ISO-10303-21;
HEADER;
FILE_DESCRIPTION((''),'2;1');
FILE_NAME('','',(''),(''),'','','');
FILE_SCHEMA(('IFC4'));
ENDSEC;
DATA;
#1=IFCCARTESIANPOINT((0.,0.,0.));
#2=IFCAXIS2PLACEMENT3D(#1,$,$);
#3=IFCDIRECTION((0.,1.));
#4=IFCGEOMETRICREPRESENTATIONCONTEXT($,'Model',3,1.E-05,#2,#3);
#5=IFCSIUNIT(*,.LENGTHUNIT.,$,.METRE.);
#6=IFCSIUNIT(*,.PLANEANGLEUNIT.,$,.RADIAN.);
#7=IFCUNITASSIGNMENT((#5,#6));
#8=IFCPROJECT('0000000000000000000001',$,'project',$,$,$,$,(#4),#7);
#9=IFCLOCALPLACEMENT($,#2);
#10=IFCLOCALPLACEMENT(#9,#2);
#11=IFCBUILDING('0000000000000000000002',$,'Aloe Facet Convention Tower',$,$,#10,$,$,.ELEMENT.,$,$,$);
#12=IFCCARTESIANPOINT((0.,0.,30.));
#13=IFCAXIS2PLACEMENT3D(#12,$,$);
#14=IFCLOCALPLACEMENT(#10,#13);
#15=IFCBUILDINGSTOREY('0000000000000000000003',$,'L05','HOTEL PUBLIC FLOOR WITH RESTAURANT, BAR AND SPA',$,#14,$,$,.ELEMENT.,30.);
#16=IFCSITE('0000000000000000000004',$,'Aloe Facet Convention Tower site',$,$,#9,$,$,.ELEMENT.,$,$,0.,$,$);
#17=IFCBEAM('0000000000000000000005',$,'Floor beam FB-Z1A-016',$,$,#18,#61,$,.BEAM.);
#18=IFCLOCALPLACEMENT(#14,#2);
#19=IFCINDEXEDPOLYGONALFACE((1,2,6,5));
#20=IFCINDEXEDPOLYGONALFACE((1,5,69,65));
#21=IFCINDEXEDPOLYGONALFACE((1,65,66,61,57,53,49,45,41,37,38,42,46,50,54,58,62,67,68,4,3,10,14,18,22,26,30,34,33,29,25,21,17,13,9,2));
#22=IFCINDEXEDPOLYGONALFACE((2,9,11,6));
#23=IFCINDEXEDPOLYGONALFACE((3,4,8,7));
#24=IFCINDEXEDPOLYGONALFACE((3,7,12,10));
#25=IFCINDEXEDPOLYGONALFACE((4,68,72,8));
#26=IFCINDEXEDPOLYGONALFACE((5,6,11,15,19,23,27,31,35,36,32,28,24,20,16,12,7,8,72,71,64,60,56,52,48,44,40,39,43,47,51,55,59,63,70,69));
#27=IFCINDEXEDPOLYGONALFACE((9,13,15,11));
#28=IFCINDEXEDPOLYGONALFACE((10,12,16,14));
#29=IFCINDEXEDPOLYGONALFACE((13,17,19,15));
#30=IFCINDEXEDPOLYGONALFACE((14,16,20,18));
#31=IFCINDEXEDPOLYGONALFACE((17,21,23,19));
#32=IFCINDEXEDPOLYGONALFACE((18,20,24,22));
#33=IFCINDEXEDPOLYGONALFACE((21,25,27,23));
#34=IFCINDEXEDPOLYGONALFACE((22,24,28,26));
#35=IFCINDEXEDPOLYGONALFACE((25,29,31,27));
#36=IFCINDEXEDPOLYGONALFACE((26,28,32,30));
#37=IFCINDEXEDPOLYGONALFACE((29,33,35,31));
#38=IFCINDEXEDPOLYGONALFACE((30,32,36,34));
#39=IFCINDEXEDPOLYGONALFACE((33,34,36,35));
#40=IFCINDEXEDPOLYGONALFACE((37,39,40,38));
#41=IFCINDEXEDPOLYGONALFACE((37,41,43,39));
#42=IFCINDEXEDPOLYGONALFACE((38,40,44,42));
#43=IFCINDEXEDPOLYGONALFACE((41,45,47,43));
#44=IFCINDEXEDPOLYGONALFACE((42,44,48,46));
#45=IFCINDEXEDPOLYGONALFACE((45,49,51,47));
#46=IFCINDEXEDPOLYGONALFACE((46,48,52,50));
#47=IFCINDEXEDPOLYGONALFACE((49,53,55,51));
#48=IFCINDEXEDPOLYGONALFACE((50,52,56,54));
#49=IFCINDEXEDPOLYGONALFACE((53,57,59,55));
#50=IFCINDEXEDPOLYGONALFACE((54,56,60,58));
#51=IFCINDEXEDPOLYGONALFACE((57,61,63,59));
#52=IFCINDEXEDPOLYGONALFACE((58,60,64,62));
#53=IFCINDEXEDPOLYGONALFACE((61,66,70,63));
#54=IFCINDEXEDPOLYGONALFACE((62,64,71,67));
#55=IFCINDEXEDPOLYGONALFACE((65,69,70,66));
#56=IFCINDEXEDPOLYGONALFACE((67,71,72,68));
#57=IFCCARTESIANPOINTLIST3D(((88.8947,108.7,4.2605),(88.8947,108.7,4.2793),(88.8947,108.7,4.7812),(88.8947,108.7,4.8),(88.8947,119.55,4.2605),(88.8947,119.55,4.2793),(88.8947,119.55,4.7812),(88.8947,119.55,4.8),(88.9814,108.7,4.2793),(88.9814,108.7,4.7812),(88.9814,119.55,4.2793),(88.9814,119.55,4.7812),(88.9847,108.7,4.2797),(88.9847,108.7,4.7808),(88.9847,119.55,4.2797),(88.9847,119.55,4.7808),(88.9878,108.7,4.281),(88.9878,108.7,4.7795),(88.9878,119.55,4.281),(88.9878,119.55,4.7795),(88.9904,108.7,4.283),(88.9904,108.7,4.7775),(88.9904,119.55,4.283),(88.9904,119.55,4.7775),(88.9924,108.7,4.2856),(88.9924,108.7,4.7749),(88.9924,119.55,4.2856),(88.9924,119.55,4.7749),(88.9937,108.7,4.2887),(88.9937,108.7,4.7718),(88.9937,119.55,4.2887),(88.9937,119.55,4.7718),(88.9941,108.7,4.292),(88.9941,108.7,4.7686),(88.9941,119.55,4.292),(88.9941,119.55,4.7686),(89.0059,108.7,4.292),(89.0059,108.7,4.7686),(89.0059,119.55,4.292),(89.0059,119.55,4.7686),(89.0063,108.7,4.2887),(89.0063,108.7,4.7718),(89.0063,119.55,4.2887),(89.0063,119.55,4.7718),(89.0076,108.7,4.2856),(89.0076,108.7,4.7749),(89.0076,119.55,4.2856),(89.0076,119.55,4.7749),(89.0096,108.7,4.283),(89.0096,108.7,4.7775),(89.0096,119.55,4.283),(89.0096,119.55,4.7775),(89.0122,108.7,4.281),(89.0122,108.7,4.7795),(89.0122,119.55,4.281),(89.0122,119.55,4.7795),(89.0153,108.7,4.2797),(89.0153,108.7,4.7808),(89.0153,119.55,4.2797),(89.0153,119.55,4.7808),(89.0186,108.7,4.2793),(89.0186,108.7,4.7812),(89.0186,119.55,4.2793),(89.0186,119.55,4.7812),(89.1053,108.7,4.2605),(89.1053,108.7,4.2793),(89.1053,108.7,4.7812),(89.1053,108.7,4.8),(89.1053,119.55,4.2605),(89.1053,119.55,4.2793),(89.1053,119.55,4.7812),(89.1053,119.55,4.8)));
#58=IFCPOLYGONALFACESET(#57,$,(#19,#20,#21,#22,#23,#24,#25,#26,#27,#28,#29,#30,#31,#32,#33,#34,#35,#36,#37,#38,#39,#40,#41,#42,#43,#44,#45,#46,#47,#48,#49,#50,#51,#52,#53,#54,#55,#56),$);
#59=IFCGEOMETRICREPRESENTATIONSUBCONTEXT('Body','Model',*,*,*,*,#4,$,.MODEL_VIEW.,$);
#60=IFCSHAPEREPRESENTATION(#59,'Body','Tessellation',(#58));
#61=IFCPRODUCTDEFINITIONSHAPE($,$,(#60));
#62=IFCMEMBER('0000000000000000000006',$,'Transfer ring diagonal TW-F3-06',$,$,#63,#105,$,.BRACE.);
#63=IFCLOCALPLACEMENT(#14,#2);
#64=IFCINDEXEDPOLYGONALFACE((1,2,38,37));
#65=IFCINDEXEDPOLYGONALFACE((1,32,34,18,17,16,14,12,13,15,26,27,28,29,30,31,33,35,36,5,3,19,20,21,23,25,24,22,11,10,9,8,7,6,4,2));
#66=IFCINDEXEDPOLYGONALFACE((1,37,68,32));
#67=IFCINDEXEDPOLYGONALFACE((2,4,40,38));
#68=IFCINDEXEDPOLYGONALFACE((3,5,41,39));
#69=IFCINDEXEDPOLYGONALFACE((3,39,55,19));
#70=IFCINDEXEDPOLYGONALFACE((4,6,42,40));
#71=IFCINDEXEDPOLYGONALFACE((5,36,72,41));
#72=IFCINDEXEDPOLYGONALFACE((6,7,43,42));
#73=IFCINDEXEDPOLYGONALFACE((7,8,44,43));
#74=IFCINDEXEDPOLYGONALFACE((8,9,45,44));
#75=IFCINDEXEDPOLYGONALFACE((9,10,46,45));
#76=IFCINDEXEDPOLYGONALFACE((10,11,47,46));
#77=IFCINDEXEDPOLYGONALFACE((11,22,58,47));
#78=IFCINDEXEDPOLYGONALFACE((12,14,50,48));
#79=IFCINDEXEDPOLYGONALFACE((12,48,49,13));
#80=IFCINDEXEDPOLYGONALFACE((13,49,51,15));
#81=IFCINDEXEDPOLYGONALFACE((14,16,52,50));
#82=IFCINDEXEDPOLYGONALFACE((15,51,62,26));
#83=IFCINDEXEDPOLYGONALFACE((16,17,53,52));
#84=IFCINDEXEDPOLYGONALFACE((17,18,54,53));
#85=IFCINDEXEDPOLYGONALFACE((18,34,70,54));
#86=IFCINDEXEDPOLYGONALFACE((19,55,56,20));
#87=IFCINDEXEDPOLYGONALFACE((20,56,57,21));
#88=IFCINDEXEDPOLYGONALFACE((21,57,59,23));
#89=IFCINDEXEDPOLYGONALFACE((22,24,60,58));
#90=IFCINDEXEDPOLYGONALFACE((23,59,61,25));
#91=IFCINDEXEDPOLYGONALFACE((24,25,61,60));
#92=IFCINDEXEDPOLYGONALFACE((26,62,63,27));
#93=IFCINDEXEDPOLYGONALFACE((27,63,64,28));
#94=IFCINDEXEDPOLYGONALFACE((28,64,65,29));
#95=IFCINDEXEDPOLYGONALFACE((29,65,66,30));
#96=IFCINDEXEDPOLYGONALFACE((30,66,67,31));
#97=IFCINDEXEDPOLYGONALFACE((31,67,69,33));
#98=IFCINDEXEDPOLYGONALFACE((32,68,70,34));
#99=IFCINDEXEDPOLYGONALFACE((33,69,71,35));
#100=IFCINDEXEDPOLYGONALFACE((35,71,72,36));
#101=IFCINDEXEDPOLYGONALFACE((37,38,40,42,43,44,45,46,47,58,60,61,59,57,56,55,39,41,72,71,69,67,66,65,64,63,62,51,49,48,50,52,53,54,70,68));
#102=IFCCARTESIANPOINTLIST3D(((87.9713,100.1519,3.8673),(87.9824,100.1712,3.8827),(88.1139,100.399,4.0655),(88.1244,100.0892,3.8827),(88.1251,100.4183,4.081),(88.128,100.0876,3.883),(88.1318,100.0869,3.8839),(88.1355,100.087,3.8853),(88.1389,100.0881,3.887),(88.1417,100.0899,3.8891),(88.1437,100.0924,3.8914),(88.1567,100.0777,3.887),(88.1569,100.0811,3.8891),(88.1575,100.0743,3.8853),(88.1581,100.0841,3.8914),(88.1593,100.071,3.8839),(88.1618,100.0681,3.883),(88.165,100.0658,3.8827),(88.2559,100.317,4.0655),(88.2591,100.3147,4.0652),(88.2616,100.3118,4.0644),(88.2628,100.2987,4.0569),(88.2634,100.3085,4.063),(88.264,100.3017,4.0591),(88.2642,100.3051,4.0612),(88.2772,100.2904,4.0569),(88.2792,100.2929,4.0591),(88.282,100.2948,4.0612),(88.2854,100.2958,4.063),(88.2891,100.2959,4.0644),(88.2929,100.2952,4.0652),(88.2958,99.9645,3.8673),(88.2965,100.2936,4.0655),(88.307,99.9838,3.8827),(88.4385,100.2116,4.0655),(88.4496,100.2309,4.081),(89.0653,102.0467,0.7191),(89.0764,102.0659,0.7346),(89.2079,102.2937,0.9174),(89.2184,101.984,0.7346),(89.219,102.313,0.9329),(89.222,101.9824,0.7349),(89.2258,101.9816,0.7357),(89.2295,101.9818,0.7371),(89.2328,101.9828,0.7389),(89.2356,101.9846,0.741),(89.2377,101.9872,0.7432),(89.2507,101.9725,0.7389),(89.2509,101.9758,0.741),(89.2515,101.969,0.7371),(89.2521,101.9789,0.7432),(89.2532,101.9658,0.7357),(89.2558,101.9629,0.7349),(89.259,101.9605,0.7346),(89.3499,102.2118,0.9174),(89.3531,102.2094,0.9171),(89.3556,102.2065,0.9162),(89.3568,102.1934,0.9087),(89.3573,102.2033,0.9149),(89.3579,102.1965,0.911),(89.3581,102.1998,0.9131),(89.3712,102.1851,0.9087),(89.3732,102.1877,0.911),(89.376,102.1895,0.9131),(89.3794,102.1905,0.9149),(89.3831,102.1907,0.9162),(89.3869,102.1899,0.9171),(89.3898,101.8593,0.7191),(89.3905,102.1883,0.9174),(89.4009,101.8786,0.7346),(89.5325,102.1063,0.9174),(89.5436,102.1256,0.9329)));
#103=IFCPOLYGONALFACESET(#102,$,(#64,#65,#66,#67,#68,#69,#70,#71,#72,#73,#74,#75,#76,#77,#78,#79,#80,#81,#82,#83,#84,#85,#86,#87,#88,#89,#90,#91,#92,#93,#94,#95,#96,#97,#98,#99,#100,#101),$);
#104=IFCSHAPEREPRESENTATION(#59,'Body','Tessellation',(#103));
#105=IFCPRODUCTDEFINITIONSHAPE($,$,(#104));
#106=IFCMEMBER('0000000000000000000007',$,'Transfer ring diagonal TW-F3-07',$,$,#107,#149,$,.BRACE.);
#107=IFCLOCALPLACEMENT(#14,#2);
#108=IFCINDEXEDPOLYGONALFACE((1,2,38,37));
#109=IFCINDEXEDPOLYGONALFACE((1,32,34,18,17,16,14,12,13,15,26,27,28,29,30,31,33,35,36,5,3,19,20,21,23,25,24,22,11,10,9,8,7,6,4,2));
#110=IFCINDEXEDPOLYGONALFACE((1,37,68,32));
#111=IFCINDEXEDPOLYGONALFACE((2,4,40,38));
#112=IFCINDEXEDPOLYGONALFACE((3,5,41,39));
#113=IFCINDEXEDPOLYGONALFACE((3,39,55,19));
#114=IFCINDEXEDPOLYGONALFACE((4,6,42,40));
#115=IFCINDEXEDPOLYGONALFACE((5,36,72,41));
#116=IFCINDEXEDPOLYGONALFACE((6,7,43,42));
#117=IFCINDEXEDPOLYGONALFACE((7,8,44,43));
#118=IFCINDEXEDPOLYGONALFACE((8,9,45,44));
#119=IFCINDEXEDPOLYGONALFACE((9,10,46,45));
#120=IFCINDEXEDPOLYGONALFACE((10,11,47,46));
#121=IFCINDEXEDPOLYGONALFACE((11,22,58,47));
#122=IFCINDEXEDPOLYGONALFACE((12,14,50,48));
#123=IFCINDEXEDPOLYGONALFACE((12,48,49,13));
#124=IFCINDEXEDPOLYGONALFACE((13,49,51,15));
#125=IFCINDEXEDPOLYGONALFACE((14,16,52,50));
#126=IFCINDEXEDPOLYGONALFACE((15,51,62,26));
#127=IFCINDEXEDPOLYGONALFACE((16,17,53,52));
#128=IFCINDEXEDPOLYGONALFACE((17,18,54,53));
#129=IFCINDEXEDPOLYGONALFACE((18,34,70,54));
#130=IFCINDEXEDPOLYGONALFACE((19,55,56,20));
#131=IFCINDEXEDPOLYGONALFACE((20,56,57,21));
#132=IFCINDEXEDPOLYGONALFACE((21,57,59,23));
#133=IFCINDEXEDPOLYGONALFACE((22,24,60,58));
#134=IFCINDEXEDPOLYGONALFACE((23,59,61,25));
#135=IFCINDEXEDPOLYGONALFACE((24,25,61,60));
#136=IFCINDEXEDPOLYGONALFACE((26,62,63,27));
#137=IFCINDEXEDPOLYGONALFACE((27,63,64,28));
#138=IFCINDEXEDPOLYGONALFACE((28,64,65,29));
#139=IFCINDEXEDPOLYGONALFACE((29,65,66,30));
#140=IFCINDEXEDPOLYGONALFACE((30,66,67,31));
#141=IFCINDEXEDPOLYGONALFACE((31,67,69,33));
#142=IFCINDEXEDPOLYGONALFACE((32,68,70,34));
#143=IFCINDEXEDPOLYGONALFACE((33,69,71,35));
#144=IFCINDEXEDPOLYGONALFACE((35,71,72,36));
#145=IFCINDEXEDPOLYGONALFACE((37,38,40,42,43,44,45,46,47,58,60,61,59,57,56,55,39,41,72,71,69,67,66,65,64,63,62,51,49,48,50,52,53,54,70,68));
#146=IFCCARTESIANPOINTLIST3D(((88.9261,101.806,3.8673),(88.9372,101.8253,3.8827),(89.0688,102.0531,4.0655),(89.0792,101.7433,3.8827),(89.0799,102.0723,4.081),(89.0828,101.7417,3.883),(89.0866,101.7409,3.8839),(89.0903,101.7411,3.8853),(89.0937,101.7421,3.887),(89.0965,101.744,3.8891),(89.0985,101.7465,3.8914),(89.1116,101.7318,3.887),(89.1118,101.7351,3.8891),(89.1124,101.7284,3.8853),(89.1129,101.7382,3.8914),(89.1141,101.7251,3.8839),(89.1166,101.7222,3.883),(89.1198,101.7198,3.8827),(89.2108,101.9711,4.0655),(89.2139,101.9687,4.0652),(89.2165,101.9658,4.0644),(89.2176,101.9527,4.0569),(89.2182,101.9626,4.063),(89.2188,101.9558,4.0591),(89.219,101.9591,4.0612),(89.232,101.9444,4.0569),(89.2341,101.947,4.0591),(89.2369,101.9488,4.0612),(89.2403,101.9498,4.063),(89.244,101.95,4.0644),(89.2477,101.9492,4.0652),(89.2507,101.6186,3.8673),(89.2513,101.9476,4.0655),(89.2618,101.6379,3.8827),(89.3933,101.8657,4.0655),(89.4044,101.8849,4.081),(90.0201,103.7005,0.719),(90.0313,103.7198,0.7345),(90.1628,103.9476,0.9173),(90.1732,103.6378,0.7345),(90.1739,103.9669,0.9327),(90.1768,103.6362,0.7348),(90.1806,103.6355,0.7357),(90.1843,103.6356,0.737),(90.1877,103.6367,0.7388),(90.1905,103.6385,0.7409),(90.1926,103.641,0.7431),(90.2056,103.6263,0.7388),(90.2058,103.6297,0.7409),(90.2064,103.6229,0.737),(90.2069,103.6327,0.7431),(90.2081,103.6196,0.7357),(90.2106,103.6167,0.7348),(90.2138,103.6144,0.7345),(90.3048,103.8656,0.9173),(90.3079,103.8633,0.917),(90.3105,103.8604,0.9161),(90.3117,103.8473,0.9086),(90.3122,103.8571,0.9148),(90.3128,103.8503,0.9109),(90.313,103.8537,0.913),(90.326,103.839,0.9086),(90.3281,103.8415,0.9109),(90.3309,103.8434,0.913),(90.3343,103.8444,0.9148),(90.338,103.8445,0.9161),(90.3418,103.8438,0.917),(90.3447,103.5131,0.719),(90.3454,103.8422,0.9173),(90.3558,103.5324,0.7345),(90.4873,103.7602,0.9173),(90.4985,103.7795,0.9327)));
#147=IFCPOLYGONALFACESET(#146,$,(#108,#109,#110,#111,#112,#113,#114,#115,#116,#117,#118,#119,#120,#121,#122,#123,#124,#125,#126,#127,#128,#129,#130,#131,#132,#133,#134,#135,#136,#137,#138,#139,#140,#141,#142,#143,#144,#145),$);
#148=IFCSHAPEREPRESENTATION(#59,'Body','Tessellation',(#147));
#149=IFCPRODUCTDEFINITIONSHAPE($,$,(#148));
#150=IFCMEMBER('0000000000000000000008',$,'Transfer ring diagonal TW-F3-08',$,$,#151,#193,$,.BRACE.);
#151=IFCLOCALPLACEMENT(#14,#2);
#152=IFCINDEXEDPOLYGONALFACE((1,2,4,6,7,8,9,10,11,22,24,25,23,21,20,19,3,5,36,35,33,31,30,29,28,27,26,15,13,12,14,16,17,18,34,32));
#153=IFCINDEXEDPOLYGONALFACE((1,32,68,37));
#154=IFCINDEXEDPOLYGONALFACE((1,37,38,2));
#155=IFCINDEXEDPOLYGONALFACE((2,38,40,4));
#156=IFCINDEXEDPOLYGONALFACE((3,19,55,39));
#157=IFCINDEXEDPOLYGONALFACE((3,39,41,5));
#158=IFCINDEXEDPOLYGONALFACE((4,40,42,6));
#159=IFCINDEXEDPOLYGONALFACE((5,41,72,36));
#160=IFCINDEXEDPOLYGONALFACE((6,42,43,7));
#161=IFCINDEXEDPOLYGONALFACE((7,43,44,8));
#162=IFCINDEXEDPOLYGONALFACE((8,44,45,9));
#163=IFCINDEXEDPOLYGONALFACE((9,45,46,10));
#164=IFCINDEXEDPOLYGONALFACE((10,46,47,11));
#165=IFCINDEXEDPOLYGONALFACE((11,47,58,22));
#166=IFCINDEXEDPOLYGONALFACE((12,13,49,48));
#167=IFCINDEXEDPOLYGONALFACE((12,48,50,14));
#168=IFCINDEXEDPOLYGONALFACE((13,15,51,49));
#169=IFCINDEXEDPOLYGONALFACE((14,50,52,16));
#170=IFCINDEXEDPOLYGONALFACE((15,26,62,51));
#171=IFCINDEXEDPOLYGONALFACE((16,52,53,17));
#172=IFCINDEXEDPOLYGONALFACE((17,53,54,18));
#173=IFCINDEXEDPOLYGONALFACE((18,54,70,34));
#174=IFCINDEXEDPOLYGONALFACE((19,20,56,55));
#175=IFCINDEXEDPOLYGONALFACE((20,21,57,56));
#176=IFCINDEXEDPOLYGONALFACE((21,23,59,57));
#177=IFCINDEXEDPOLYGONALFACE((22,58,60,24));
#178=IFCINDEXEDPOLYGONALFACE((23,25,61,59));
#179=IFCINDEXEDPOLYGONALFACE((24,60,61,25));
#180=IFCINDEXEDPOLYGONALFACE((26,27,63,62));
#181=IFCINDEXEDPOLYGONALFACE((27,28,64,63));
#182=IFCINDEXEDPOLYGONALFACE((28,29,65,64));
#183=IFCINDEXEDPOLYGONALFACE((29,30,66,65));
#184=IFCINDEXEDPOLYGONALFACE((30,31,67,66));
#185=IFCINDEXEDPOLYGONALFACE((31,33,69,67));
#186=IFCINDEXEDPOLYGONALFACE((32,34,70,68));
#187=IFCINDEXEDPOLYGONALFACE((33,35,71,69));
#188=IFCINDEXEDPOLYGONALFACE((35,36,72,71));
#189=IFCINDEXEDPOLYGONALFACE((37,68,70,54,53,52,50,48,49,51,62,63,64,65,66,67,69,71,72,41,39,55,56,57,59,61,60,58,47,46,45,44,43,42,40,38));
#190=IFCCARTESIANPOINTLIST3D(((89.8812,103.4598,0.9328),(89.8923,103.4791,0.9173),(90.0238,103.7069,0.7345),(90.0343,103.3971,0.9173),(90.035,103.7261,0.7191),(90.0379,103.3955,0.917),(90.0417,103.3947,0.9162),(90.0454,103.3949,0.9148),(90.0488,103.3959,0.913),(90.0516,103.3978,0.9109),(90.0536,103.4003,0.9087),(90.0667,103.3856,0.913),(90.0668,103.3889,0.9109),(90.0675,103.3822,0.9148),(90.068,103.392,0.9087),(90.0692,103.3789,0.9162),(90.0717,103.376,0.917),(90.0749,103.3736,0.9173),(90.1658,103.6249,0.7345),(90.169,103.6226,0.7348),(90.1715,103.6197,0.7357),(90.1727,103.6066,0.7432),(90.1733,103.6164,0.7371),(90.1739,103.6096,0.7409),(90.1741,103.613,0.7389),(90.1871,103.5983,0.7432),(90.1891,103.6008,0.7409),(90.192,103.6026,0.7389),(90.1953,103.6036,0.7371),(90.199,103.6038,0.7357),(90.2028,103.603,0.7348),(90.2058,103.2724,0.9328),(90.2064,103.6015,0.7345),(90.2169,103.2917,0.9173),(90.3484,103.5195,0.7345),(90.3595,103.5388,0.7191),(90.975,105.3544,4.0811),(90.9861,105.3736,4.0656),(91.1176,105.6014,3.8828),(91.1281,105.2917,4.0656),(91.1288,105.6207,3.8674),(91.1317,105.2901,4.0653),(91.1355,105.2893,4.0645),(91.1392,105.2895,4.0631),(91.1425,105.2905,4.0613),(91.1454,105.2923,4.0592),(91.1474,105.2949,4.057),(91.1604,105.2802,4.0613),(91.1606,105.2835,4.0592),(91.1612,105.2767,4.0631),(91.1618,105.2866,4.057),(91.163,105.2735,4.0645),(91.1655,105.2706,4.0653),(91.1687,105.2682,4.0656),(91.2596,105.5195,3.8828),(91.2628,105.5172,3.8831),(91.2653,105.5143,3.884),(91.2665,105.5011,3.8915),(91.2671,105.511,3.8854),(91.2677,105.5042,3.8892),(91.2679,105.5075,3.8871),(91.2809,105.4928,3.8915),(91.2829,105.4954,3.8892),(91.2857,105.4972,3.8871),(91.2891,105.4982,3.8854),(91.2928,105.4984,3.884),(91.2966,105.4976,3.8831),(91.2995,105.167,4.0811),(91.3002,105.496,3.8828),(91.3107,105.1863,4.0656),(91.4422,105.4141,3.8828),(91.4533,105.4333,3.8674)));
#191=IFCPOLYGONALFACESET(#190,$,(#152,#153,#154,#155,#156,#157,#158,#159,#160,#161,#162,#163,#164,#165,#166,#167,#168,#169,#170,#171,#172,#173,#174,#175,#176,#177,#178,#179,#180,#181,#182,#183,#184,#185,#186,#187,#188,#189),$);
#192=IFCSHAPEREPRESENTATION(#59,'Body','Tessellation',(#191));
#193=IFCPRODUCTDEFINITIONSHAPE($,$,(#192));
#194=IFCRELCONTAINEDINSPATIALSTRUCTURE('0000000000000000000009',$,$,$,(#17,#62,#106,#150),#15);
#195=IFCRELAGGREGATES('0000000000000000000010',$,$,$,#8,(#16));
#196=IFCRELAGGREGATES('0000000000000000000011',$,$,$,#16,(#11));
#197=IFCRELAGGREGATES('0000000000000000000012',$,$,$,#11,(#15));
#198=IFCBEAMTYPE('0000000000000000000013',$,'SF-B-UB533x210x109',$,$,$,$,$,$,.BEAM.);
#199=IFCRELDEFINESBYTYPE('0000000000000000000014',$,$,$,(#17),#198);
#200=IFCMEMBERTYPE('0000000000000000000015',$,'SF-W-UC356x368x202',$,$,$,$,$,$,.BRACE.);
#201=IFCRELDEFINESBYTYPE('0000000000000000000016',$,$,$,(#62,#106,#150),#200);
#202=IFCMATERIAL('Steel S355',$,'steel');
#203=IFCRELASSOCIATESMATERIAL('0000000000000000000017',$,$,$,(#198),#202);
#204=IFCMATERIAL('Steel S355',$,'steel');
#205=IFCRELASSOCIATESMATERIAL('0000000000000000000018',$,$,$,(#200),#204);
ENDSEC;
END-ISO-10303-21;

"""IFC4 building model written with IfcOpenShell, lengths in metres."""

from ifc_helpers import new_model, si_unit, direction, frame, origin, origin_2d, place, context, subcontext, project, spatial, i_section, extrude, material, material_profile, profile_set, type_object, element, save


model = new_model("IFC4")

# Units and contexts
model_context = context("Model", 3, precision=1e-05, world=origin(), true_north=direction((0.0, 1.0)))
body_context = subcontext(model_context, "Body", "Model", "MODEL_VIEW")
ifc_project = project(units=[si_unit("LENGTHUNIT", "METRE"), si_unit("PLANEANGLEUNIT", "RADIAN")], contexts=[model_context])

# Site, building, storey
site_placement = place(None, origin())
site = spatial("IfcSite", under=ifc_project, at=site_placement, Name="Aloe Facet Convention Tower site", CompositionType="ELEMENT", RefElevation=0.0)
building_placement = place(site_placement, origin())
building = spatial("IfcBuilding", under=site, at=building_placement, Name="Aloe Facet Convention Tower", CompositionType="ELEMENT")
storey_placement = place(building_placement, frame((0.0, 0.0, 30.0)))
storey = spatial("IfcBuildingStorey", under=building, at=storey_placement, Name="L05", Description="HOTEL PUBLIC FLOOR WITH RESTAURANT, BAR AND SPA", CompositionType="ELEMENT", Elevation=30.0)

# Beam
ifc_material_1 = material(Name="Steel S355", Category="steel")
ifc_material_profile_1 = material_profile(ifc_material_1, i_section(OverallWidth=0.2107, OverallDepth=0.5396, WebThickness=0.0117, FlangeThickness=0.0188, FilletRadius=0.0127, at=origin_2d()), Name="UB 533x210x109")
ifc_profile_set_1 = profile_set([ifc_material_profile_1], Name="Steel S355")
beam_type_1 = type_object("IfcBeamType", Name="SF-B-UB533x210x109", PredefinedType="BEAM", material=ifc_profile_set_1)
beam_1_placement = place(storey_placement, frame((89.0, 119.55, 4.5303), z_axis=(0.0, -1.0, 0.0), x_axis=(1.0, 0.0, 0.0)))
element("IfcBeam", 1, at=beam_1_placement, inside=storey, type_object=beam_type_1, Name="Floor beam FB-Z1A-016", PredefinedType="BEAM", context=body_context, shape_type="SweptSolid", body=[
    extrude(i_section(OverallWidth=0.2107, OverallDepth=0.5396, WebThickness=0.0117, FlangeThickness=0.0188, FilletRadius=0.0127, at=origin_2d()), origin(), (0.0, 0.0, 1.0), 10.8501),
])

# Members
ifc_material_2 = material(Name="Steel S355", Category="steel")
ifc_material_profile_2 = material_profile(ifc_material_2, i_section(OverallWidth=0.3748, OverallDepth=0.3745, WebThickness=0.0166, FlangeThickness=0.0271, FilletRadius=0.0151, at=origin_2d()), Name="UC 356x368x202")
ifc_profile_set_2 = profile_set([ifc_material_profile_2], Name="Steel S355")
member_type_1 = type_object("IfcMemberType", Name="SF-W-UC356x368x202", PredefinedType="BRACE", material=ifc_profile_set_2)
for number, where, z_axis, x_axis, name in (
    (2, (88.2104, 100.1914, 3.9741), (0.285354, 0.494227, -0.821165), (-0.866016, 0.500015, 0.0), "Transfer ring diagonal TW-F3-06"),
    (3, (89.1653, 101.8455, 3.9741), (0.285363, 0.494179, -0.821191), (-0.865989, 0.500064, 0.0), "Transfer ring diagonal TW-F3-07"),
    (4, (90.1204, 103.4993, 0.8259), (0.285305, 0.494188, 0.821206), (-0.866037, 0.49998, 0.0), "Transfer ring diagonal TW-F3-08"),
):
    element("IfcMember", number, at=place(storey_placement, frame(where, z_axis=z_axis, x_axis=x_axis)), inside=storey, type_object=member_type_1, Name=name, PredefinedType="BRACE", context=body_context, shape_type="SweptSolid", body=[
        extrude(i_section(OverallWidth=0.3748, OverallDepth=0.3745, WebThickness=0.0166, FlangeThickness=0.0271, FilletRadius=0.0151, at=origin_2d()), origin(), (0.0, 0.0, 1.0), 3.8337),
    ])

save(model, "model.ifc")
